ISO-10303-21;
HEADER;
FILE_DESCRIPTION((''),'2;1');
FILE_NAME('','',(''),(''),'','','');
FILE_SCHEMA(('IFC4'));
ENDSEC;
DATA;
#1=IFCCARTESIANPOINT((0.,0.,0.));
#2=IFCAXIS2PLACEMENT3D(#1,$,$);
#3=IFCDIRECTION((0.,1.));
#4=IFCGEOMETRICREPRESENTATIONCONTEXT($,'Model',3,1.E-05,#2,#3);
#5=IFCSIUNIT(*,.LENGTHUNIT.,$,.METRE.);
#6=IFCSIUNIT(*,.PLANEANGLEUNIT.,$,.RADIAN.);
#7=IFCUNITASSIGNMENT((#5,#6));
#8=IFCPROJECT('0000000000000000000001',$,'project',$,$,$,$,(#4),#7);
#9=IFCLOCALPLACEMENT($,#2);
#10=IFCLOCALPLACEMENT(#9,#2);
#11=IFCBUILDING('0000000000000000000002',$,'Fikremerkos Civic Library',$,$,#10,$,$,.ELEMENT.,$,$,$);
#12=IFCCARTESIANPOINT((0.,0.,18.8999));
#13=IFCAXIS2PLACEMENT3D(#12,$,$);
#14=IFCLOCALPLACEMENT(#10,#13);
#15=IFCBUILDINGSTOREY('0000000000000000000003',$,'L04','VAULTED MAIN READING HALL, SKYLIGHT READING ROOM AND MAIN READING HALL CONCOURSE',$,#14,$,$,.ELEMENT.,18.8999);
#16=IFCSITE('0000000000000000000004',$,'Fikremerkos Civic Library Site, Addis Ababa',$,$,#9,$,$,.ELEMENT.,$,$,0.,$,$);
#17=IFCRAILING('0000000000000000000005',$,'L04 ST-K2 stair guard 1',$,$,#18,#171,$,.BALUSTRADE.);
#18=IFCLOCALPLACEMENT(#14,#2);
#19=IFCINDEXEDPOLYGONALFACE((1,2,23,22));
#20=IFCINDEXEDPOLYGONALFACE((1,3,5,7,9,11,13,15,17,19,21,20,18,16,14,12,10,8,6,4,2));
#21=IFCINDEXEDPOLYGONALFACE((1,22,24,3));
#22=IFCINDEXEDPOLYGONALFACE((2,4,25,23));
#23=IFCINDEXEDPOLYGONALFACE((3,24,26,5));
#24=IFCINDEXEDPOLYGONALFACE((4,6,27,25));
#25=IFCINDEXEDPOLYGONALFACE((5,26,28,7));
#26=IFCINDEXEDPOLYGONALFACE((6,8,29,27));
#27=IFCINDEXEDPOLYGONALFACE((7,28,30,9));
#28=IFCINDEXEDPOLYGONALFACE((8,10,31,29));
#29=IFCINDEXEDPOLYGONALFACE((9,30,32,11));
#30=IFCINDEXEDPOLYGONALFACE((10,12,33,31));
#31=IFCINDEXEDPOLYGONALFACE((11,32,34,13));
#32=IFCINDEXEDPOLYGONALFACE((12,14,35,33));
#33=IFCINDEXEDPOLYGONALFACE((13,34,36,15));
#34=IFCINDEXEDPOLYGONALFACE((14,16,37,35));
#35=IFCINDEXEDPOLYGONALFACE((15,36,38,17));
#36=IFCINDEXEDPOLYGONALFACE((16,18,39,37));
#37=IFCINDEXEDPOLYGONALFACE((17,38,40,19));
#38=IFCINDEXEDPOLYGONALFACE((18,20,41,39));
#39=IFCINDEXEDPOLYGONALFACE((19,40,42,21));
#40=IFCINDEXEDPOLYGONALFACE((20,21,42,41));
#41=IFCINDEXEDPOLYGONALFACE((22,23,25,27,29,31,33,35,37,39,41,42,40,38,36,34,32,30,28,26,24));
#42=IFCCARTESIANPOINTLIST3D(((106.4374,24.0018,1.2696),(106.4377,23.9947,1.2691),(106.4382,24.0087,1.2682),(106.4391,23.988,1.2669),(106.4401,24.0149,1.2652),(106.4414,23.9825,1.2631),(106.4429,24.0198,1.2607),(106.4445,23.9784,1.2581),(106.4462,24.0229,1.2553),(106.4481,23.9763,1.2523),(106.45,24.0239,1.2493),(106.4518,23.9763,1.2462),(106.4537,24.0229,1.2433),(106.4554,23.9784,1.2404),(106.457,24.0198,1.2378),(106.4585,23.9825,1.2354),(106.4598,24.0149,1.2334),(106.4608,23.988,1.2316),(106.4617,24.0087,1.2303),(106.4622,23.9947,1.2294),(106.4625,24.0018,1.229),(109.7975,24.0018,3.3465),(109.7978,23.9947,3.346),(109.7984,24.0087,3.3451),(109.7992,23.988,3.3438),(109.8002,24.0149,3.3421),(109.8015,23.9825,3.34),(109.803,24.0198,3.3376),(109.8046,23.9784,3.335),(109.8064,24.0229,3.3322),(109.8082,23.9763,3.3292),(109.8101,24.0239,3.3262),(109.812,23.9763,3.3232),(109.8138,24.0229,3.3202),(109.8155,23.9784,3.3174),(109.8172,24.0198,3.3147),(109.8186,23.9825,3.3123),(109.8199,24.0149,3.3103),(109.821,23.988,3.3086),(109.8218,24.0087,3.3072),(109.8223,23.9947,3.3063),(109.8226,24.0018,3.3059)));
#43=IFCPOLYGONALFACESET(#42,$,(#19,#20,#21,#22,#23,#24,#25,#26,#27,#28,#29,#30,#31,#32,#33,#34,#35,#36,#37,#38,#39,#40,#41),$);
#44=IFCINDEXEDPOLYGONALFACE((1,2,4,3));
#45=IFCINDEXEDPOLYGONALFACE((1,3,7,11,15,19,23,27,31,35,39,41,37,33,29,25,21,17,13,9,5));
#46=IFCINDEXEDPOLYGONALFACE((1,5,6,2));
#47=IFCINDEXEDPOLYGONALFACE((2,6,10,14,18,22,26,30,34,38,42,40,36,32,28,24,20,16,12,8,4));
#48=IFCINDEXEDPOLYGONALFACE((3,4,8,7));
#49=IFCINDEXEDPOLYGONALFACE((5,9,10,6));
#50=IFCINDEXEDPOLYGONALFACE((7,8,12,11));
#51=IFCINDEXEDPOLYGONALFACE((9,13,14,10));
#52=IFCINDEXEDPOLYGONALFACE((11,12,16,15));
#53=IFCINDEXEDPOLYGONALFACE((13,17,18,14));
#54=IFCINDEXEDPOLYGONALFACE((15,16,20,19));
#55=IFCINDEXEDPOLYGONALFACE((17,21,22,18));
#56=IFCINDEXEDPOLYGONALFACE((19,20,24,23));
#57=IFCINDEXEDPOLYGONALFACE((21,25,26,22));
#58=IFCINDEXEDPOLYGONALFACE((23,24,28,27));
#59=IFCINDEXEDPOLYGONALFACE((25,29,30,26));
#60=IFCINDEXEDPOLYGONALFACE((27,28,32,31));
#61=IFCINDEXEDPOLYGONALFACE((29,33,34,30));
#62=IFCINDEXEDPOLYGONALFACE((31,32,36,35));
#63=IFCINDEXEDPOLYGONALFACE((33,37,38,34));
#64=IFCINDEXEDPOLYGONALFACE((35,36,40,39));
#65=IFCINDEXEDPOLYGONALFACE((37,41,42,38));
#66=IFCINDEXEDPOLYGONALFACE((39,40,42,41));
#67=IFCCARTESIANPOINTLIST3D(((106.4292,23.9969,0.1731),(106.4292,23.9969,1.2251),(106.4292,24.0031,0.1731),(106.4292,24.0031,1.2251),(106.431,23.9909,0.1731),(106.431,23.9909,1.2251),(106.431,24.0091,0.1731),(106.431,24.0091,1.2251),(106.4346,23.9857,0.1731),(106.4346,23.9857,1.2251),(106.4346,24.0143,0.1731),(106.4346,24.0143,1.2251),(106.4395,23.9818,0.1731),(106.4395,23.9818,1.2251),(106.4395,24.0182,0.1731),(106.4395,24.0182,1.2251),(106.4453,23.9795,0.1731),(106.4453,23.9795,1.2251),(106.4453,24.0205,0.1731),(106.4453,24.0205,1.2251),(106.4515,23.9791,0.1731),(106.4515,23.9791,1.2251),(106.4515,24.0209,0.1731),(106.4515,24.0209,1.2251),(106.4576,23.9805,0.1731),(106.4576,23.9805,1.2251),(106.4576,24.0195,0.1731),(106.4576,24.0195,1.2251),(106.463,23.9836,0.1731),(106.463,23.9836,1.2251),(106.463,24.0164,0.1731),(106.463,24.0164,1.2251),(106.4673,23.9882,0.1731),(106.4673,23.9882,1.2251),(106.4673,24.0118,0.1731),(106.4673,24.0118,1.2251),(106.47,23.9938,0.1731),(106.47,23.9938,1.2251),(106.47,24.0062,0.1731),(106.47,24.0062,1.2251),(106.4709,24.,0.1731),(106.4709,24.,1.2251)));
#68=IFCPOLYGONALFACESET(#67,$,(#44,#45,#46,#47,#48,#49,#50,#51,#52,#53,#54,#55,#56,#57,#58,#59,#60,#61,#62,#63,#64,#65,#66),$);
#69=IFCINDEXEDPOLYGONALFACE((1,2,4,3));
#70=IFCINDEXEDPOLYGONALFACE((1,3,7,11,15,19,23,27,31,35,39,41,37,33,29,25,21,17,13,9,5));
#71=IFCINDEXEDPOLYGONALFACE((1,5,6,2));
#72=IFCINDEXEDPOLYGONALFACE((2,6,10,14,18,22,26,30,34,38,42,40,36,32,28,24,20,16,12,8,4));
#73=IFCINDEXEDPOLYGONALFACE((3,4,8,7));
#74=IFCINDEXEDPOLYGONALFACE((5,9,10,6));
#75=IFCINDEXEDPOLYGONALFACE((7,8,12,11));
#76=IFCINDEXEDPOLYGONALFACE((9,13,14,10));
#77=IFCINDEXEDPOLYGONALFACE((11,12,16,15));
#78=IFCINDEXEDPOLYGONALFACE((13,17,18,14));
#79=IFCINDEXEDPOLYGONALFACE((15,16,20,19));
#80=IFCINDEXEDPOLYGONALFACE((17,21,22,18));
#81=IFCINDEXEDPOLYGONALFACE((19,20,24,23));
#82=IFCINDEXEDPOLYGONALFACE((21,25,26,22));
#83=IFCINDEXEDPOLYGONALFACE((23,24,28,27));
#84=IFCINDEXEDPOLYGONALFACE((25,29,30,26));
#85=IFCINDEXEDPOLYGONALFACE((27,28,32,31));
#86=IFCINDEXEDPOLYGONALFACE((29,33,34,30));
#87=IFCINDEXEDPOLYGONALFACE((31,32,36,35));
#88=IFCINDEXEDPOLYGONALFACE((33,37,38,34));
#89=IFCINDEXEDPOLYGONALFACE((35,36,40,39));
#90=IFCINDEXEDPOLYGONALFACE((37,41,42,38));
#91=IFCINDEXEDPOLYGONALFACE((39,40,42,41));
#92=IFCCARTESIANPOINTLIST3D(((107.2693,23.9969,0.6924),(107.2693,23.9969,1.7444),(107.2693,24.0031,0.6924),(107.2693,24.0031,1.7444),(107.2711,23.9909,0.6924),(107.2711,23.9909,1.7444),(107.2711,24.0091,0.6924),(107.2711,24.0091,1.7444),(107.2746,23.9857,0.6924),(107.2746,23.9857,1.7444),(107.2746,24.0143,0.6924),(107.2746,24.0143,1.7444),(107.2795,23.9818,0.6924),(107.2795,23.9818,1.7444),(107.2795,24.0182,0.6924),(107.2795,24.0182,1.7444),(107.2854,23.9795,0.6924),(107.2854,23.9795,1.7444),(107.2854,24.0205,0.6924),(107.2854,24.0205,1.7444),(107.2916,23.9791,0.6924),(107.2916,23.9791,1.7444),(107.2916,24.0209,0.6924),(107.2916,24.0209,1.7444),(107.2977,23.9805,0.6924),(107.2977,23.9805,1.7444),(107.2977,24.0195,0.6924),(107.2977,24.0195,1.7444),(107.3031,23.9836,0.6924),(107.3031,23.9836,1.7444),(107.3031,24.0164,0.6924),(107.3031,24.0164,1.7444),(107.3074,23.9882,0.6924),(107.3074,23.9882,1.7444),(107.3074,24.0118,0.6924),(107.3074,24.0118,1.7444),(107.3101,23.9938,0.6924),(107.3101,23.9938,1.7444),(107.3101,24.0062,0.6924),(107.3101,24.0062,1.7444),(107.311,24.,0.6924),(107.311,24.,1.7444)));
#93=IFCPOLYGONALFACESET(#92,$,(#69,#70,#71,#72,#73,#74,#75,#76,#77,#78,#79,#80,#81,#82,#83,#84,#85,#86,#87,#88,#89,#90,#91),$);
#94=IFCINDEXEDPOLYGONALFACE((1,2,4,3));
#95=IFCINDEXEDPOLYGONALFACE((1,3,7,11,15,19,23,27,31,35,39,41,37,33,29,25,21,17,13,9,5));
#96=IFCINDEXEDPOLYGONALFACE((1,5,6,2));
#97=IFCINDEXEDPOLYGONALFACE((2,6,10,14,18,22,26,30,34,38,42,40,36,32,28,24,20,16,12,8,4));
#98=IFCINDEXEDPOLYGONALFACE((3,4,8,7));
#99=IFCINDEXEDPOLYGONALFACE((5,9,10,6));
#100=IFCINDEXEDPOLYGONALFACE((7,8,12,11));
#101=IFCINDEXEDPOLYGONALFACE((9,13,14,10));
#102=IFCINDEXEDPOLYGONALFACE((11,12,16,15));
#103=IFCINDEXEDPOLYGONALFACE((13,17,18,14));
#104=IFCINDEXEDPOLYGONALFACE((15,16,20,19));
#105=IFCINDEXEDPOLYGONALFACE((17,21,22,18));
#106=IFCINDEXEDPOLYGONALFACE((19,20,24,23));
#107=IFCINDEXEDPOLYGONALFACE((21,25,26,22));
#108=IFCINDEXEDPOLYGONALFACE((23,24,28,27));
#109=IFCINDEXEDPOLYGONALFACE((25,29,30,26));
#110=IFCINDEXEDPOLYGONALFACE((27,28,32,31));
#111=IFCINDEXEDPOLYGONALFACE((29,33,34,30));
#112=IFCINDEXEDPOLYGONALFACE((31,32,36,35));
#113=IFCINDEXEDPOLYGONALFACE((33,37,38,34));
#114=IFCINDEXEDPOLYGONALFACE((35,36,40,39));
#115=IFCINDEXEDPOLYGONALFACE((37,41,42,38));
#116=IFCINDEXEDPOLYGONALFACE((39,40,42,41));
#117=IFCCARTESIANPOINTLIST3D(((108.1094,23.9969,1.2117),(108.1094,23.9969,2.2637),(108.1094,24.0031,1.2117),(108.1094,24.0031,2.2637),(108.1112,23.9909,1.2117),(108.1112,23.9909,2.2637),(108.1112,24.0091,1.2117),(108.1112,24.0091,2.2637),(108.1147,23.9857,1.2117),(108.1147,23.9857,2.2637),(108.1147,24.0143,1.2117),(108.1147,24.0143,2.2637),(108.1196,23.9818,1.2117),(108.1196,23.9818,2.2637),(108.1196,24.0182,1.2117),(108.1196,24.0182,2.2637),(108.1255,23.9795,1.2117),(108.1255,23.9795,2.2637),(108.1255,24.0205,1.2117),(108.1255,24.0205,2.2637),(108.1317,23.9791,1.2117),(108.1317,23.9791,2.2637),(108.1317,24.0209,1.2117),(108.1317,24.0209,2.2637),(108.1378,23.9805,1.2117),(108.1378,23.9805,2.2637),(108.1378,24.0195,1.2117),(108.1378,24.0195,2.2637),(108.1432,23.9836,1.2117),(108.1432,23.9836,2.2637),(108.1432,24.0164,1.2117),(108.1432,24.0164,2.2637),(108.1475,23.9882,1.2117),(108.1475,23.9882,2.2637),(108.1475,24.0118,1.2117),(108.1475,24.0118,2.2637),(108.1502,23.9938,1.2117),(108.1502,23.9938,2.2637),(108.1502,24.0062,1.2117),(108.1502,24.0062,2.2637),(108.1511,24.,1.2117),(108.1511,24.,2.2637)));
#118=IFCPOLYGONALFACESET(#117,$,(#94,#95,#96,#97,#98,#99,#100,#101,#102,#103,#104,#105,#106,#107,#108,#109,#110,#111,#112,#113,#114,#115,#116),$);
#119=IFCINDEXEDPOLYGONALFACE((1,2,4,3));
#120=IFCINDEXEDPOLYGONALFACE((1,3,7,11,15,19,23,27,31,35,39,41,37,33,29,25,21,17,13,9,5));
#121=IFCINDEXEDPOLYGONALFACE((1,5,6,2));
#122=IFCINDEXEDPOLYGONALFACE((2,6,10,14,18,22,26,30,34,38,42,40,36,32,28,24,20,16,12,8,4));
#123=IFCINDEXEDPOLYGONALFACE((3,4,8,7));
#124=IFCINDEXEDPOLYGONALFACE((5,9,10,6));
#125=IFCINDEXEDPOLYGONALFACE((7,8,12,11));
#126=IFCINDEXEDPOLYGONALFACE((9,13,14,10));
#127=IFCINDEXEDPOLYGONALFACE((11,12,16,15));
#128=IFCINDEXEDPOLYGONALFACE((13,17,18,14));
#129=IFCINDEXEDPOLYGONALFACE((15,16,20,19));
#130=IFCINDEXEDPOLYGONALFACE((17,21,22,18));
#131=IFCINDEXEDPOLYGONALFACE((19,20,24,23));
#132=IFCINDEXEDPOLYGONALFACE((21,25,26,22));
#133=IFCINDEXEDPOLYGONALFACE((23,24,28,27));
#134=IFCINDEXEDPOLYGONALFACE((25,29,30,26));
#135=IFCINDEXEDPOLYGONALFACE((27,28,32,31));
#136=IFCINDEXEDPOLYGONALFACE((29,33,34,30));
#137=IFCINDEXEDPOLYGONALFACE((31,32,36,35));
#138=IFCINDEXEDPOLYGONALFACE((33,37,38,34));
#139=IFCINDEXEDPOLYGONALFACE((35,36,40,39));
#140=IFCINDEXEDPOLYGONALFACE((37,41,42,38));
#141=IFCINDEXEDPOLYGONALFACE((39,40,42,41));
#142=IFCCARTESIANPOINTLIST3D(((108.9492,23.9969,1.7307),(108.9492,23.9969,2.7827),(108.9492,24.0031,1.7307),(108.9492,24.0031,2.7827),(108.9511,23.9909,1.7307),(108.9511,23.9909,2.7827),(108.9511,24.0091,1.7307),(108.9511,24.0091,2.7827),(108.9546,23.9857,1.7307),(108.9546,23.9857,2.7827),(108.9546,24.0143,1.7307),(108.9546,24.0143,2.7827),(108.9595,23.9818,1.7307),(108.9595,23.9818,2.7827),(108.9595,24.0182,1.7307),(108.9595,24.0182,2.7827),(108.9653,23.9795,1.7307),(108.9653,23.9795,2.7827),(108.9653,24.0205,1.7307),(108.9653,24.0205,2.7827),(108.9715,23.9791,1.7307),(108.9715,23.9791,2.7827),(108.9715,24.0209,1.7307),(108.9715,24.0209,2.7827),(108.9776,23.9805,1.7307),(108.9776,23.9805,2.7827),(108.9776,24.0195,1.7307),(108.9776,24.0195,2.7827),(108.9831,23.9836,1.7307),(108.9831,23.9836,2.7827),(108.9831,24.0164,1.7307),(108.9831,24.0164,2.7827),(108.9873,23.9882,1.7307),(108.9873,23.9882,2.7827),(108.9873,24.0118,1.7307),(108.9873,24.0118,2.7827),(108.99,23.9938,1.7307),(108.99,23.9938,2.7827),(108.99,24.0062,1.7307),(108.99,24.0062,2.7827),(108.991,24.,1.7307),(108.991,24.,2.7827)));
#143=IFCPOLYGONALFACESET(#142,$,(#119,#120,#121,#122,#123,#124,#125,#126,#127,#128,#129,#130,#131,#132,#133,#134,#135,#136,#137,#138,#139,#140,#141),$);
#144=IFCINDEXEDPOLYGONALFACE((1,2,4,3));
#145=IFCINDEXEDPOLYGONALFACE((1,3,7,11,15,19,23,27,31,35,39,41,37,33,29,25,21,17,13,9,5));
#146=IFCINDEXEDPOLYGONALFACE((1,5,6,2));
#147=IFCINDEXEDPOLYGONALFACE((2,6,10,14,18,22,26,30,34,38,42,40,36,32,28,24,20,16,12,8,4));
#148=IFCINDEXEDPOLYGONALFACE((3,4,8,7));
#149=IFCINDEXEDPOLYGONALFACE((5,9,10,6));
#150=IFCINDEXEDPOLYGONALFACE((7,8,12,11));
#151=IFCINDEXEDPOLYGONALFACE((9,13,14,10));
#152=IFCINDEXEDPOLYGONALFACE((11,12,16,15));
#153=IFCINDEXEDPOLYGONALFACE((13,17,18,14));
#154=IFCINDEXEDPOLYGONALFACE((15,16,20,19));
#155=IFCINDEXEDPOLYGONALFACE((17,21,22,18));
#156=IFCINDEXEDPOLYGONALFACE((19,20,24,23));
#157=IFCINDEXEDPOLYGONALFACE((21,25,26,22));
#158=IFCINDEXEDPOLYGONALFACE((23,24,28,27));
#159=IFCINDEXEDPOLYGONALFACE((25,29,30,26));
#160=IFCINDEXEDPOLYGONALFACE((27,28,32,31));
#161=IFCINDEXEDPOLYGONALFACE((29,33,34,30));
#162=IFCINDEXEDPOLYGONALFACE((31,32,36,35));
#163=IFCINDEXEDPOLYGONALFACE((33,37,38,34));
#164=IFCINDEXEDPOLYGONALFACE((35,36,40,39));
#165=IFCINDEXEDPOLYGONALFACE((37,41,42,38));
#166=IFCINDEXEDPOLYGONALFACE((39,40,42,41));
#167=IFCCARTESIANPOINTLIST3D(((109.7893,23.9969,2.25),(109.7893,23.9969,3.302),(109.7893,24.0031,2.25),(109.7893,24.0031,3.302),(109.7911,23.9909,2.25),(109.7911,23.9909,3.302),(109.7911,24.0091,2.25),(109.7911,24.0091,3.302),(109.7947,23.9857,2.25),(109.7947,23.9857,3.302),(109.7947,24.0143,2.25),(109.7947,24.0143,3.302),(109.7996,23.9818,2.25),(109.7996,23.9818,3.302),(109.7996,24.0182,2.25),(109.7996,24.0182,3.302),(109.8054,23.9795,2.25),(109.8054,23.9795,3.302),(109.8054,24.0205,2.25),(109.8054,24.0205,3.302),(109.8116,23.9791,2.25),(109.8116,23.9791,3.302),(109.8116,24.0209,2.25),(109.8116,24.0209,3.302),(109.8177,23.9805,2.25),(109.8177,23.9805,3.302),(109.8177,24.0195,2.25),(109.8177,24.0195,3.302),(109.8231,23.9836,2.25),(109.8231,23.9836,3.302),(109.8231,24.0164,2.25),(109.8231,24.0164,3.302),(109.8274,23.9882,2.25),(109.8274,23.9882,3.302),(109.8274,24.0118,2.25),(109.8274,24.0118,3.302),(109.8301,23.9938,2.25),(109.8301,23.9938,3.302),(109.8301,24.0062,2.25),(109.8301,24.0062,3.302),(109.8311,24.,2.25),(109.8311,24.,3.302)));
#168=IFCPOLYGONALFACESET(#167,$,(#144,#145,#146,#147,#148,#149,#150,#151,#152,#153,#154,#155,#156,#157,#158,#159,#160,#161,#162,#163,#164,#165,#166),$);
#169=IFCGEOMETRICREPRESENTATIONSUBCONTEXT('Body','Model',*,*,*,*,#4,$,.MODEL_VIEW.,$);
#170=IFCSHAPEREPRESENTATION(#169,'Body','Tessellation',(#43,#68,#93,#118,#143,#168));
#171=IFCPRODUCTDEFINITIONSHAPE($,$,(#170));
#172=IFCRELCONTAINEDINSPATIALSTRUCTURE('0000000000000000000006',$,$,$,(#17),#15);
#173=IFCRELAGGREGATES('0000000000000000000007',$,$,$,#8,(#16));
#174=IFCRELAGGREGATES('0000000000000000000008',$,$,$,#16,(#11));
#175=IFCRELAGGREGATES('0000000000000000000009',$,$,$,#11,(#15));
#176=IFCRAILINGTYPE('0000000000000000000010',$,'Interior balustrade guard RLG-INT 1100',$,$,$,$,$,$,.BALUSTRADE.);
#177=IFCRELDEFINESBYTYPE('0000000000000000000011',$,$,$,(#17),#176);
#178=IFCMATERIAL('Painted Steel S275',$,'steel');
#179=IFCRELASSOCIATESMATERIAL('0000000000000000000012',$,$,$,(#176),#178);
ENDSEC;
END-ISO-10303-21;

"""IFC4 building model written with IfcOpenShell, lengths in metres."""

from ifc_helpers import new_model, si_unit, direction, frame, origin, origin_2d, place, context, subcontext, project, spatial, circle, extrude, material, type_object, element, save


model = new_model("IFC4")

# Units and contexts
model_context = context("Model", 3, precision=1e-05, world=origin(), true_north=direction((0.0, 1.0)))
body_context = subcontext(model_context, "Body", "Model", "MODEL_VIEW")
ifc_project = project(units=[si_unit("LENGTHUNIT", "METRE"), si_unit("PLANEANGLEUNIT", "RADIAN")], contexts=[model_context])

# Site, building, storey
site_placement = place(None, origin())
site = spatial("IfcSite", under=ifc_project, at=site_placement, Name="Fikremerkos Civic Library Site, Addis Ababa", CompositionType="ELEMENT", RefElevation=0.0)
building_placement = place(site_placement, origin())
building = spatial("IfcBuilding", under=site, at=building_placement, Name="Fikremerkos Civic Library", CompositionType="ELEMENT")
storey_placement = place(building_placement, frame((0.0, 0.0, 18.8999)))
storey = spatial("IfcBuildingStorey", under=building, at=storey_placement, Name="L04", Description="VAULTED MAIN READING HALL, SKYLIGHT READING ROOM AND MAIN READING HALL CONCOURSE", CompositionType="ELEMENT", Elevation=18.8999)

# Railing
ifc_material_1 = material(Name="Painted Steel S275", Category="steel")
railing_type_1 = type_object("IfcRailingType", Name="Interior balustrade guard RLG-INT 1100", PredefinedType="BALUSTRADE", material=ifc_material_1)
railing_1_placement = place(storey_placement, frame((106.45, 24.0, 0.1731)))
element("IfcRailing", 1, at=railing_1_placement, inside=storey, type_object=railing_type_1, Name="L04 ST-K2 stair guard 1", PredefinedType="BALUSTRADE", context=body_context, shape_type="SweptSolid", body=[
    extrude(circle(Radius=0.0239, at=origin_2d()), frame((0.0, 0.0, 1.0762), z_axis=(0.850623, 0.0, 0.525776), x_axis=(0.0, 1.0, 0.0)), (0.0, 0.0, 1.0), 3.9502),
    extrude(circle(Radius=0.021, at=origin_2d()), origin(), (0.0, 0.0, 1.0), 1.052),
    extrude(circle(Radius=0.021, at=origin_2d()), frame((0.8401, 0.0, 0.5193)), (0.0, 0.0, 1.0), 1.052),
    extrude(circle(Radius=0.021, at=origin_2d()), frame((1.6802, 0.0, 1.0386)), (0.0, 0.0, 1.0), 1.052),
    extrude(circle(Radius=0.021, at=origin_2d()), frame((2.52, 0.0, 1.5576)), (0.0, 0.0, 1.0), 1.052),
    extrude(circle(Radius=0.021, at=origin_2d()), frame((3.3601, 0.0, 2.0769)), (0.0, 0.0, 1.0), 1.052),
])

save(model, "model.ifc")
